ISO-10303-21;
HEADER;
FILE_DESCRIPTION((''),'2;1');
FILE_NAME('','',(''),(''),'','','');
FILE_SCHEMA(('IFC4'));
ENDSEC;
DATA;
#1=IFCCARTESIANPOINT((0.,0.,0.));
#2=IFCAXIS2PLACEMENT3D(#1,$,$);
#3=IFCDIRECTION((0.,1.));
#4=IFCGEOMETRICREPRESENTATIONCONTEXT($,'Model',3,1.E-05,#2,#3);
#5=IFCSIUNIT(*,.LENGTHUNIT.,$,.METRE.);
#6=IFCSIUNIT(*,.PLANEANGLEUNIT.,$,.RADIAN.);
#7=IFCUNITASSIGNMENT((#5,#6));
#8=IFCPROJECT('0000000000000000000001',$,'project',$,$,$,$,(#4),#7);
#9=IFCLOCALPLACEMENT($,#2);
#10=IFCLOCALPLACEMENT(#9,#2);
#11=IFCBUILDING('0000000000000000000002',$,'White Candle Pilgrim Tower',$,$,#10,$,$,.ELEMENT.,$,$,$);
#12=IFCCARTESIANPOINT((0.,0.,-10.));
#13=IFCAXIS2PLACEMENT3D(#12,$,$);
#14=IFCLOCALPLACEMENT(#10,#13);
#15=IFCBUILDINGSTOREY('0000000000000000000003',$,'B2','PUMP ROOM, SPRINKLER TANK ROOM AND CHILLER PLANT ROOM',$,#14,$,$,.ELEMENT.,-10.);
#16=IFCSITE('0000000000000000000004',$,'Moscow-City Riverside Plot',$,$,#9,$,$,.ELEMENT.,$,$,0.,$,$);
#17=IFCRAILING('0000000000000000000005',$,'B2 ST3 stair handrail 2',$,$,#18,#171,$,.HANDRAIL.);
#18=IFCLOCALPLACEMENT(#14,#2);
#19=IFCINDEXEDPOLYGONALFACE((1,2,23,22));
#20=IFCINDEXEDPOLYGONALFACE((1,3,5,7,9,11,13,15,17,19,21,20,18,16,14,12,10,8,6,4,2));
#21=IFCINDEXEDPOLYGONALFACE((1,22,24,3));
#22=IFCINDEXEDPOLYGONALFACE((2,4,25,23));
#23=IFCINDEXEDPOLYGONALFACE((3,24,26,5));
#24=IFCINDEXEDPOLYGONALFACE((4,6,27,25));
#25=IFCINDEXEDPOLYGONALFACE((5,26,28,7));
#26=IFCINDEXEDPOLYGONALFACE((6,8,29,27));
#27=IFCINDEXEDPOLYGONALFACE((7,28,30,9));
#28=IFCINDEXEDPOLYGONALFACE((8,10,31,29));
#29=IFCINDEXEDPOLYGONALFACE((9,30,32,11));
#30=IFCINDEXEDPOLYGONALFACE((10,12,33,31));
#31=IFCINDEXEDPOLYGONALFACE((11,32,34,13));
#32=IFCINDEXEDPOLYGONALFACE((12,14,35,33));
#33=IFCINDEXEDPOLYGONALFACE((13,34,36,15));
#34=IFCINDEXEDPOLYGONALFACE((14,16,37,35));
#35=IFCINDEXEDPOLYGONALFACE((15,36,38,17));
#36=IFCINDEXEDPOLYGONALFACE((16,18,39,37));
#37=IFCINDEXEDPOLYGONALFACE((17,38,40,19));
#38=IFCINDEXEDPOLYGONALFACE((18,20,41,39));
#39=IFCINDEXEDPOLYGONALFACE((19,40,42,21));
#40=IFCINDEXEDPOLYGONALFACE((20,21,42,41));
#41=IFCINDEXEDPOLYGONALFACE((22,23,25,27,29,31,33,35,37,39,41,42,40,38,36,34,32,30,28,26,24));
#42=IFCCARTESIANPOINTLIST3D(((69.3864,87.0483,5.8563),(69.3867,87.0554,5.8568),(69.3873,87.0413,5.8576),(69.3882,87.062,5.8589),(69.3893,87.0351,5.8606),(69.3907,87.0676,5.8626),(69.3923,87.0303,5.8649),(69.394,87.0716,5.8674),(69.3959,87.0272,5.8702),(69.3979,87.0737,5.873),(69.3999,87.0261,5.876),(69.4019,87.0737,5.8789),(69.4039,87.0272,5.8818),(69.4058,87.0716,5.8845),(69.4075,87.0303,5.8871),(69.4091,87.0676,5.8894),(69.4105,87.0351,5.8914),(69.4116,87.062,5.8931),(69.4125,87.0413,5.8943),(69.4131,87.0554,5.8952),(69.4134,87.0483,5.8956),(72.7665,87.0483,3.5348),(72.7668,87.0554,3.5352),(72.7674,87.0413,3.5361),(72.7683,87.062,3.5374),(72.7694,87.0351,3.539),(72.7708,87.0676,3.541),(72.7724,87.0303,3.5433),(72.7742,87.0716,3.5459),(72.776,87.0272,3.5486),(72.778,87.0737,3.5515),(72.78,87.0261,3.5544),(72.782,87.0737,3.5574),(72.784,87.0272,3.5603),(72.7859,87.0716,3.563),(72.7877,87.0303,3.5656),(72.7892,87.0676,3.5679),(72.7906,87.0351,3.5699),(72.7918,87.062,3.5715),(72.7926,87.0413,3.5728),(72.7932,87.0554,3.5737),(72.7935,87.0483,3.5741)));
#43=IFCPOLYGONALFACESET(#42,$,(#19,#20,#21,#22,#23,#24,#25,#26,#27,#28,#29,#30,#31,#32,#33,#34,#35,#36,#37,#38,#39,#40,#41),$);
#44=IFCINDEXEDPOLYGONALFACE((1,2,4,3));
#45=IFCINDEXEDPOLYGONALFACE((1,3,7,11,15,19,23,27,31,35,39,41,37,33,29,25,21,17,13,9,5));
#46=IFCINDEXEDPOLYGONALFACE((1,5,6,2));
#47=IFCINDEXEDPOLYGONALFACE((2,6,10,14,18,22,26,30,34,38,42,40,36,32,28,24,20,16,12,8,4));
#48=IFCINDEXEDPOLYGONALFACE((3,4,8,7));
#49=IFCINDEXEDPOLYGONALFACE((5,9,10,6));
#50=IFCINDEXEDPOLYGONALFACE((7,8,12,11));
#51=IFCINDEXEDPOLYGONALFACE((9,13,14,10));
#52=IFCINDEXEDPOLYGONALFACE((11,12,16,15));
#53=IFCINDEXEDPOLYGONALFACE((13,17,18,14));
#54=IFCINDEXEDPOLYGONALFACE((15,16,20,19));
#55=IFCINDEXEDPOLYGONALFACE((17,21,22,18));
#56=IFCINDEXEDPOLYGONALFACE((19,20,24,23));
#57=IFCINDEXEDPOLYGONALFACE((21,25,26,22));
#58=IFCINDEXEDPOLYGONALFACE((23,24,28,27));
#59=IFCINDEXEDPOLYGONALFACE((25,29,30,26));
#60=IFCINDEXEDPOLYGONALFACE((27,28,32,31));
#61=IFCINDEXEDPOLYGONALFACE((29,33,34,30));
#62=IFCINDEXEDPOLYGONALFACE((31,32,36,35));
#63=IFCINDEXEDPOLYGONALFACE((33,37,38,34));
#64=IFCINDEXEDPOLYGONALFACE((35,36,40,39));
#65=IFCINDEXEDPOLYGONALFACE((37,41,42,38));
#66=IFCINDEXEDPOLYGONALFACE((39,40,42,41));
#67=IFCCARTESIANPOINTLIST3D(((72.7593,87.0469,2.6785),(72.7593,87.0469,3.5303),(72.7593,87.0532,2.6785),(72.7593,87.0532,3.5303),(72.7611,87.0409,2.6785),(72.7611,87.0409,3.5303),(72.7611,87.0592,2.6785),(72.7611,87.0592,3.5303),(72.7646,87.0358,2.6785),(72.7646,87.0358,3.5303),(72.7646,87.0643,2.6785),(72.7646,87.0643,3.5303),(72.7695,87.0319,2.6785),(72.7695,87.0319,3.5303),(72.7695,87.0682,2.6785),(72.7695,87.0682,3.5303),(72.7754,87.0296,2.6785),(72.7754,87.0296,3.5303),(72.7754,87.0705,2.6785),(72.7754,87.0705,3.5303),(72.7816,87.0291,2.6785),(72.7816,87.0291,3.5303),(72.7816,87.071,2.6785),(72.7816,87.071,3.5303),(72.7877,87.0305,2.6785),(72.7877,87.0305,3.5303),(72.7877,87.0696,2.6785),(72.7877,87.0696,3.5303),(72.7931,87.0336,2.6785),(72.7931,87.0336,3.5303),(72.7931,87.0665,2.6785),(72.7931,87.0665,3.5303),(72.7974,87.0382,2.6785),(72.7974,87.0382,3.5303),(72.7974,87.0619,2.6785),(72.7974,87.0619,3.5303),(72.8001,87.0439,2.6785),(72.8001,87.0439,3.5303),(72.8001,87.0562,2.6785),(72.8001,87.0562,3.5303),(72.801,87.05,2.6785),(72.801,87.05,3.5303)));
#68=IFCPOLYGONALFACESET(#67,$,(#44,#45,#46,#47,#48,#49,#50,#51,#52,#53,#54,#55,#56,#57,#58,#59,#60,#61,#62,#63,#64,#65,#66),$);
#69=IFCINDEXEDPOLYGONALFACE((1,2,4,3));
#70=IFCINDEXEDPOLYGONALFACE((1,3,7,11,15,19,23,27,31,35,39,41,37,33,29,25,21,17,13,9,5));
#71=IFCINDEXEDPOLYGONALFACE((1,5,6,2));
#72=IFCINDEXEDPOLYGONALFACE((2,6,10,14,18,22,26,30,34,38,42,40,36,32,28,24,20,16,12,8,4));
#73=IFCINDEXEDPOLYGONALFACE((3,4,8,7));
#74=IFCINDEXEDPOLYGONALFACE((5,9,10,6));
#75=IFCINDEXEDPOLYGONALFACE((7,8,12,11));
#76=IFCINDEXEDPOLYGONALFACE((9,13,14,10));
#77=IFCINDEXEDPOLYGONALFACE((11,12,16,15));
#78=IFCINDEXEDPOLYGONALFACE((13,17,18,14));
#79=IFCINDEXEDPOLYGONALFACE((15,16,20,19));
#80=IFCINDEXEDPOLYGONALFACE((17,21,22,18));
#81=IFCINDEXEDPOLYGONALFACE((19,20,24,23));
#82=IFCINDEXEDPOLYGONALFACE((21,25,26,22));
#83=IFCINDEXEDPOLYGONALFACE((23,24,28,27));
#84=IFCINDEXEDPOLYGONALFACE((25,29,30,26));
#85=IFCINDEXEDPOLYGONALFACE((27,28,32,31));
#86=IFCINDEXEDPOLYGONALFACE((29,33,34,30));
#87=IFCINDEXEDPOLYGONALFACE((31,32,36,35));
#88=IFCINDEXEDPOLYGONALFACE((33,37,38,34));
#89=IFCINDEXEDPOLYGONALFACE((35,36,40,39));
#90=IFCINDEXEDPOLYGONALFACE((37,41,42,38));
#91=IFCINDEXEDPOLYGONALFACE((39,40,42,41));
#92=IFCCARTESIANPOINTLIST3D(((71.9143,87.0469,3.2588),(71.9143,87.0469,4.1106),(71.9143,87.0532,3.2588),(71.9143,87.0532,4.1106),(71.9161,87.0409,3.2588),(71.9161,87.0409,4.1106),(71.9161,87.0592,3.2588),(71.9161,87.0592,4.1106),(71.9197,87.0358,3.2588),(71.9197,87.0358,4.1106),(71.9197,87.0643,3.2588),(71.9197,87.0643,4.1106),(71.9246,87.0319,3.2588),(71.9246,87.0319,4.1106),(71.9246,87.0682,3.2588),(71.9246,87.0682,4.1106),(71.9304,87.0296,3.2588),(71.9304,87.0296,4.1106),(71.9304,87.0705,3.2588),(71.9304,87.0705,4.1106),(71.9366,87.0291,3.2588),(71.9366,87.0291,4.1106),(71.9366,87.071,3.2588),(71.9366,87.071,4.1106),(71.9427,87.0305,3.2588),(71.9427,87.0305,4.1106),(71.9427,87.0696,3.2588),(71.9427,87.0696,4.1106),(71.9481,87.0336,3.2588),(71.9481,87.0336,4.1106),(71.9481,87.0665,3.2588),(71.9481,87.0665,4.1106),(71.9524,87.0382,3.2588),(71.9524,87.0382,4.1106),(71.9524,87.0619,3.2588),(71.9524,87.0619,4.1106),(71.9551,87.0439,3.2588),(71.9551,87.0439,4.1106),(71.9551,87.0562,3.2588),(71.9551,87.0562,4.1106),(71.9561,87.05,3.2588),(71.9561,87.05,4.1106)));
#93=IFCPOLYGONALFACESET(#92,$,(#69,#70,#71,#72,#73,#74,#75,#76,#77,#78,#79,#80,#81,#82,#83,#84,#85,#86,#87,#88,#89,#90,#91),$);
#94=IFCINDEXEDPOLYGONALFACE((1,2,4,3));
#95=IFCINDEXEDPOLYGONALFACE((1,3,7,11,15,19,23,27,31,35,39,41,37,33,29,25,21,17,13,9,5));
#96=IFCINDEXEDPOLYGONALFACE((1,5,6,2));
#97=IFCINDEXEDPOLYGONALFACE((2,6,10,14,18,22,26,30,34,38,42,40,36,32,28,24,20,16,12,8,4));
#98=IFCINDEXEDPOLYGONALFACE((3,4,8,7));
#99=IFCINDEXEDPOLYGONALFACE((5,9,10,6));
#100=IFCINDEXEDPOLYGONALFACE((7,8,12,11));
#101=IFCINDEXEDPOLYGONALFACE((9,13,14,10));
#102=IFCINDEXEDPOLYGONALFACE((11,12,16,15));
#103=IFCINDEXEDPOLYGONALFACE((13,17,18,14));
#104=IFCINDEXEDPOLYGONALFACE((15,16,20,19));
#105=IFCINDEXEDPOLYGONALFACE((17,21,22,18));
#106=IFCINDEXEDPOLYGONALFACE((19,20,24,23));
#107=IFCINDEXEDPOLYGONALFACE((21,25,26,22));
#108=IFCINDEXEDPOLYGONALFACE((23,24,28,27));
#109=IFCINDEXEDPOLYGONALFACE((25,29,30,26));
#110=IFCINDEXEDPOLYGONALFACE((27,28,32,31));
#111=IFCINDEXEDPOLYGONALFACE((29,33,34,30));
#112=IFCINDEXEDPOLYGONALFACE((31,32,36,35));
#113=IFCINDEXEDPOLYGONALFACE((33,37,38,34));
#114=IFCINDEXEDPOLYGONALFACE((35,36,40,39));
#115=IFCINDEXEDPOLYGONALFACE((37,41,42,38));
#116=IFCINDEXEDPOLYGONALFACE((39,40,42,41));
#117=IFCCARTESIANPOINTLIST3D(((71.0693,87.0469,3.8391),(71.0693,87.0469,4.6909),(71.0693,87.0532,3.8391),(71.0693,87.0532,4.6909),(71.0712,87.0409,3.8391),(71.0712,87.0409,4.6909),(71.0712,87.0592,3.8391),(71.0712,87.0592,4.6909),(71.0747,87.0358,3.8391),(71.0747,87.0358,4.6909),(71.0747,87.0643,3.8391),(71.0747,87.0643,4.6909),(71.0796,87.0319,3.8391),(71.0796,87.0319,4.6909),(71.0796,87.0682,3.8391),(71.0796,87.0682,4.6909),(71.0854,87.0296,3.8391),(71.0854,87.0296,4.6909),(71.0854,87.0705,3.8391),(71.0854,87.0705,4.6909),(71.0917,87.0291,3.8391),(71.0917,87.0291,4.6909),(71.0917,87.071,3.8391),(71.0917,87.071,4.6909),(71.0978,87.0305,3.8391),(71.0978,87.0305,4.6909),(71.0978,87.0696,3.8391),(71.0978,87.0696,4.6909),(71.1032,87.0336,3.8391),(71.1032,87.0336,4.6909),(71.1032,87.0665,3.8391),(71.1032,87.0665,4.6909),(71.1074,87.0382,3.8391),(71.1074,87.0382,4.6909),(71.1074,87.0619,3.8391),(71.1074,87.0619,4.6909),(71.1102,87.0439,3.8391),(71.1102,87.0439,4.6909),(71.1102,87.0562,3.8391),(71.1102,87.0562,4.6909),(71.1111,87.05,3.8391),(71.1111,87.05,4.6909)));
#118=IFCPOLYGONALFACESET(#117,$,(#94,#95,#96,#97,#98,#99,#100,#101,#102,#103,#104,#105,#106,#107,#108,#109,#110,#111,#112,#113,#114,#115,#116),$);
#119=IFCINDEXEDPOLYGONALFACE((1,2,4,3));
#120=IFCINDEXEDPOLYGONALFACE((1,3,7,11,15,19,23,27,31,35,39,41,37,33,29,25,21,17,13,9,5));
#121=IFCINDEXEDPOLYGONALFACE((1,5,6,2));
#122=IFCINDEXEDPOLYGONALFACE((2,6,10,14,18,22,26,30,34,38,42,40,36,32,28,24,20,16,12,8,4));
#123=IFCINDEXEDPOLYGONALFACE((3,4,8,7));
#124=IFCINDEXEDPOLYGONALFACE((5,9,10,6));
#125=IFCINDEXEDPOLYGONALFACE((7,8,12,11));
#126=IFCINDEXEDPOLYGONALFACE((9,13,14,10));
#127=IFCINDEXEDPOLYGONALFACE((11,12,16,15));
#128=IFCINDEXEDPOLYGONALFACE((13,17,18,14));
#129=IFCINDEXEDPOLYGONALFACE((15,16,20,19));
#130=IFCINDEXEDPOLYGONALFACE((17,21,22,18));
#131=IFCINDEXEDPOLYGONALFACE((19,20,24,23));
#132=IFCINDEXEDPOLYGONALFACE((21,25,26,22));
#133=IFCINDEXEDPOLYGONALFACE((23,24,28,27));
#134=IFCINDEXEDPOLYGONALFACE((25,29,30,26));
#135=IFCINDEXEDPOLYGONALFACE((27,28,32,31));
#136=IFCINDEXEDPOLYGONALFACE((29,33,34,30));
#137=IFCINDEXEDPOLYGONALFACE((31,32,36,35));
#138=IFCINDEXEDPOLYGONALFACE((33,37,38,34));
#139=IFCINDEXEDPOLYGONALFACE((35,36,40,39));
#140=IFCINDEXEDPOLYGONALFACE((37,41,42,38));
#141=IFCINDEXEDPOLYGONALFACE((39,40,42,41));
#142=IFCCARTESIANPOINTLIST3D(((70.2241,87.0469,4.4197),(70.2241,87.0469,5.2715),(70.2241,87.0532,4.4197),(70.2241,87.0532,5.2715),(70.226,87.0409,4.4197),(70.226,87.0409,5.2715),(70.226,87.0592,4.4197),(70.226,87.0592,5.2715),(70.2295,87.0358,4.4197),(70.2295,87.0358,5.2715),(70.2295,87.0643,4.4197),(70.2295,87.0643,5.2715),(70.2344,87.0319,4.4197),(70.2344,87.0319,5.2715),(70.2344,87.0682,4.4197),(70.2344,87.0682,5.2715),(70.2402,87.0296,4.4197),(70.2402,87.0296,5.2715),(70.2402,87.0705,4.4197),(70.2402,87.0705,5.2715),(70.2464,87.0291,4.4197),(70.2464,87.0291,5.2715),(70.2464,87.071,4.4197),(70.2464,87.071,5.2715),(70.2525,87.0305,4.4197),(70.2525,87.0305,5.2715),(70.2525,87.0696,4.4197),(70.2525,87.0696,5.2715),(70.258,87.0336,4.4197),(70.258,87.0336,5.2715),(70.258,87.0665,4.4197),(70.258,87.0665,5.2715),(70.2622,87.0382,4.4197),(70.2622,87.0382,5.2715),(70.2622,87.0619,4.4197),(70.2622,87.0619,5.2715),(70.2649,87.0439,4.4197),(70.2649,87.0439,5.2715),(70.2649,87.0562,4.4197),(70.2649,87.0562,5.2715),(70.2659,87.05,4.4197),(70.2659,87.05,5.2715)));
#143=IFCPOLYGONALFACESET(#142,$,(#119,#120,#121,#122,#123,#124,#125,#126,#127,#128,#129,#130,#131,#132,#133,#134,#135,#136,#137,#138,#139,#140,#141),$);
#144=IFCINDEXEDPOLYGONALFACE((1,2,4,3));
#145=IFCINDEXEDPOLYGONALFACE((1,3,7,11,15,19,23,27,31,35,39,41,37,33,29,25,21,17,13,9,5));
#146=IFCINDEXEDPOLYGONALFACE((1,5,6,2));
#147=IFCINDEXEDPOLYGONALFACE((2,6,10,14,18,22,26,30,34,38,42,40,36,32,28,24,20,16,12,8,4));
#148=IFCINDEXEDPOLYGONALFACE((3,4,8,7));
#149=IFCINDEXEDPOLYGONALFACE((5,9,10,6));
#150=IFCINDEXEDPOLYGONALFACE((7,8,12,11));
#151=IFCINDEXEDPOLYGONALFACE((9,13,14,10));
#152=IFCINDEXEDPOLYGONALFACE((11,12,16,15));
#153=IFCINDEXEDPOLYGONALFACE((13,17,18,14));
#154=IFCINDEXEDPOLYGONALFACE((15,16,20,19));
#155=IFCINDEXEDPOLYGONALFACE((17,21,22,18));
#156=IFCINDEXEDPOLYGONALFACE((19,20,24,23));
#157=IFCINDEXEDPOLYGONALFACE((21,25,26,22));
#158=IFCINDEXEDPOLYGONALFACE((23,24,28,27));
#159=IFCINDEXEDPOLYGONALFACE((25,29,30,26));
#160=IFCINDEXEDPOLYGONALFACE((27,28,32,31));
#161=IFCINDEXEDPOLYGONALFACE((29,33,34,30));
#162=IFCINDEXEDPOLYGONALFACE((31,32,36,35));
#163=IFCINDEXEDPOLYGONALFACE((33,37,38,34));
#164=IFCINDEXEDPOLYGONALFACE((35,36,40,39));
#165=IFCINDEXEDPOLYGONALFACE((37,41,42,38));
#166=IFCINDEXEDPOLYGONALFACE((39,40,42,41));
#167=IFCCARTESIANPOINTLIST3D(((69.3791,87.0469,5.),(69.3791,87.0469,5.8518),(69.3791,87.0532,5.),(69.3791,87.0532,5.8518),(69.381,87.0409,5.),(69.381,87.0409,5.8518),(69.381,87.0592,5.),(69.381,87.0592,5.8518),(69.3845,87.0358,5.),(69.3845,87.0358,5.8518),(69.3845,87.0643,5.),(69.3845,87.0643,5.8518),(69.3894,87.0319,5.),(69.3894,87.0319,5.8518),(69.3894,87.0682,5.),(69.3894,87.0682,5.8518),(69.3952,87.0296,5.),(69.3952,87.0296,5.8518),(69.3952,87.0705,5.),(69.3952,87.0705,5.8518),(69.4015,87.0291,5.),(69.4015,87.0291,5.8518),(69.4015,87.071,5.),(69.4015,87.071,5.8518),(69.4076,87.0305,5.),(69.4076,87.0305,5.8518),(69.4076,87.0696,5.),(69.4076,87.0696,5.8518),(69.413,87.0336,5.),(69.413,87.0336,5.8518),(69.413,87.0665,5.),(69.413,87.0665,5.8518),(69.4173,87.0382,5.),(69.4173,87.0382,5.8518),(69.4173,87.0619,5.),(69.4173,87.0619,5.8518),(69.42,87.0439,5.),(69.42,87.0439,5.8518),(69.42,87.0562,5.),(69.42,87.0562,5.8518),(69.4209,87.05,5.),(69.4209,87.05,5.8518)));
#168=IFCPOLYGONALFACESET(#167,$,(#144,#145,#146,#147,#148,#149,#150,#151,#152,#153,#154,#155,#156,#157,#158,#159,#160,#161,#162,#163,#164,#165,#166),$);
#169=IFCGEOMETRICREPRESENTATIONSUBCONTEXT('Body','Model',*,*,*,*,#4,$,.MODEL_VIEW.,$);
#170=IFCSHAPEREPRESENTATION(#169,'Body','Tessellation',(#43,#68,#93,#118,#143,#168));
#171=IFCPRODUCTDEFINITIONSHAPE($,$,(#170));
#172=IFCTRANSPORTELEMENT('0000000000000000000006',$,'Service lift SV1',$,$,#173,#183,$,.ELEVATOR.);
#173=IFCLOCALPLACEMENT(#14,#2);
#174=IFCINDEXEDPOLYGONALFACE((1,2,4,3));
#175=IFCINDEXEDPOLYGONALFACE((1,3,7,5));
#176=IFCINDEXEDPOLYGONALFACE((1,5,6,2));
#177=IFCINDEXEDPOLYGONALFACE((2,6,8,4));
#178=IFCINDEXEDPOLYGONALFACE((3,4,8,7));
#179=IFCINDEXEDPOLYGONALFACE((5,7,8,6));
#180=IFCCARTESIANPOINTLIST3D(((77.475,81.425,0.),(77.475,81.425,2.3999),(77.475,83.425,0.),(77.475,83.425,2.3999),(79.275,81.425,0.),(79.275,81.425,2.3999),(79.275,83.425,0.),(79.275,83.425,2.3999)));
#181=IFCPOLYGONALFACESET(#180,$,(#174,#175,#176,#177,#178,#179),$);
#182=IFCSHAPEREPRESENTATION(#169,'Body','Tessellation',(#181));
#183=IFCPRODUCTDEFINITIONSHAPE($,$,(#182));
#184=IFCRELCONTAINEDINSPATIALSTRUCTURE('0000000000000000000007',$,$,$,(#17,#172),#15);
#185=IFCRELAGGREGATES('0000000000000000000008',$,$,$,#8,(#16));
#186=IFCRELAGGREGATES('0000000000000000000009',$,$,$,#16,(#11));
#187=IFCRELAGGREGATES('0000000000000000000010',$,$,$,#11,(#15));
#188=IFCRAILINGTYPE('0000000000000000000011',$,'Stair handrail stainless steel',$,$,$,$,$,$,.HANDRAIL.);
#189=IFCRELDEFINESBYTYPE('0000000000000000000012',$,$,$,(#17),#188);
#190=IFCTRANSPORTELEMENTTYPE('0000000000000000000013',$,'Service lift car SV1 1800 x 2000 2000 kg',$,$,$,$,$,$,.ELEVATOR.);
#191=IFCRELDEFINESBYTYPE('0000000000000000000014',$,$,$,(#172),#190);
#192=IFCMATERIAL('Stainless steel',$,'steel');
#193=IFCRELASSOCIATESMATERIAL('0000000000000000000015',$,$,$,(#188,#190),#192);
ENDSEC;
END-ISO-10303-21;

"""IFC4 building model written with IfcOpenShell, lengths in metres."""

from ifc_helpers import new_model, si_unit, direction, frame, origin, origin_2d, place, context, subcontext, project, spatial, rectangle, circle, extrude, material, type_object, element, save


model = new_model("IFC4")

# Units and contexts
model_context = context("Model", 3, precision=1e-05, world=origin(), true_north=direction((0.0, 1.0)))
body_context = subcontext(model_context, "Body", "Model", "MODEL_VIEW")
ifc_project = project(units=[si_unit("LENGTHUNIT", "METRE"), si_unit("PLANEANGLEUNIT", "RADIAN")], contexts=[model_context])

# Site, building, storey
site_placement = place(None, origin())
site = spatial("IfcSite", under=ifc_project, at=site_placement, Name="Moscow-City Riverside Plot", CompositionType="ELEMENT", RefElevation=0.0)
building_placement = place(site_placement, origin())
building = spatial("IfcBuilding", under=site, at=building_placement, Name="White Candle Pilgrim Tower", CompositionType="ELEMENT")
storey_placement = place(building_placement, frame((0.0, 0.0, -10.0)))
storey = spatial("IfcBuildingStorey", under=building, at=storey_placement, Name="B2", Description="PUMP ROOM, SPRINKLER TANK ROOM AND CHILLER PLANT ROOM", CompositionType="ELEMENT", Elevation=-10.0)

# Railing
ifc_material_1 = material(Name="Stainless steel", Category="steel")
railing_type_1 = type_object("IfcRailingType", Name="Stair handrail stainless steel", PredefinedType="HANDRAIL", material=ifc_material_1)
railing_1_placement = place(storey_placement, frame((72.78, 87.05, 2.6785)))
element("IfcRailing", 1, at=railing_1_placement, inside=storey, type_object=railing_type_1, Name="B2 ST3 stair handrail 2", PredefinedType="HANDRAIL", context=body_context, shape_type="SweptSolid", body=[
    extrude(circle(Radius=0.0239, at=origin_2d()), frame((0.0, 0.0, 0.876), z_axis=(-0.824304, 0.0, 0.566147), x_axis=(0.0, -1.0, 0.0)), (0.0, 0.0, 1.0), 4.1006),
    extrude(circle(Radius=0.021, at=origin_2d()), origin(), (0.0, 0.0, 1.0), 0.8518),
    extrude(circle(Radius=0.021, at=origin_2d()), frame((-0.845, 0.0, 0.5803)), (0.0, 0.0, 1.0), 0.8518),
    extrude(circle(Radius=0.021, at=origin_2d()), frame((-1.6899, 0.0, 1.1606)), (0.0, 0.0, 1.0), 0.8518),
    extrude(circle(Radius=0.021, at=origin_2d()), frame((-2.5352, 0.0, 1.7412)), (0.0, 0.0, 1.0), 0.8518),
    extrude(circle(Radius=0.021, at=origin_2d()), frame((-3.3801, 0.0, 2.3215)), (0.0, 0.0, 1.0), 0.8518),
])

# Transport element
transport_element_type = type_object("IfcTransportElementType", Name="Service lift car SV1 1800 x 2000 2000 kg", PredefinedType="ELEVATOR", material=ifc_material_1)
transport_element_placement = place(storey_placement, frame((78.375, 82.425, 0.0), z_axis=(0.0, 0.0, 1.0), x_axis=(1.0, 0.0, 0.0)))
element("IfcTransportElement", 2, at=transport_element_placement, inside=storey, type_object=transport_element_type, Name="Service lift SV1", PredefinedType="ELEVATOR", context=body_context, shape_type="SweptSolid", body=[
    extrude(rectangle(XDim=1.8, YDim=2.0, at=origin_2d()), origin(), (0.0, 0.0, 1.0), 2.3999),
])

save(model, "model.ifc")
